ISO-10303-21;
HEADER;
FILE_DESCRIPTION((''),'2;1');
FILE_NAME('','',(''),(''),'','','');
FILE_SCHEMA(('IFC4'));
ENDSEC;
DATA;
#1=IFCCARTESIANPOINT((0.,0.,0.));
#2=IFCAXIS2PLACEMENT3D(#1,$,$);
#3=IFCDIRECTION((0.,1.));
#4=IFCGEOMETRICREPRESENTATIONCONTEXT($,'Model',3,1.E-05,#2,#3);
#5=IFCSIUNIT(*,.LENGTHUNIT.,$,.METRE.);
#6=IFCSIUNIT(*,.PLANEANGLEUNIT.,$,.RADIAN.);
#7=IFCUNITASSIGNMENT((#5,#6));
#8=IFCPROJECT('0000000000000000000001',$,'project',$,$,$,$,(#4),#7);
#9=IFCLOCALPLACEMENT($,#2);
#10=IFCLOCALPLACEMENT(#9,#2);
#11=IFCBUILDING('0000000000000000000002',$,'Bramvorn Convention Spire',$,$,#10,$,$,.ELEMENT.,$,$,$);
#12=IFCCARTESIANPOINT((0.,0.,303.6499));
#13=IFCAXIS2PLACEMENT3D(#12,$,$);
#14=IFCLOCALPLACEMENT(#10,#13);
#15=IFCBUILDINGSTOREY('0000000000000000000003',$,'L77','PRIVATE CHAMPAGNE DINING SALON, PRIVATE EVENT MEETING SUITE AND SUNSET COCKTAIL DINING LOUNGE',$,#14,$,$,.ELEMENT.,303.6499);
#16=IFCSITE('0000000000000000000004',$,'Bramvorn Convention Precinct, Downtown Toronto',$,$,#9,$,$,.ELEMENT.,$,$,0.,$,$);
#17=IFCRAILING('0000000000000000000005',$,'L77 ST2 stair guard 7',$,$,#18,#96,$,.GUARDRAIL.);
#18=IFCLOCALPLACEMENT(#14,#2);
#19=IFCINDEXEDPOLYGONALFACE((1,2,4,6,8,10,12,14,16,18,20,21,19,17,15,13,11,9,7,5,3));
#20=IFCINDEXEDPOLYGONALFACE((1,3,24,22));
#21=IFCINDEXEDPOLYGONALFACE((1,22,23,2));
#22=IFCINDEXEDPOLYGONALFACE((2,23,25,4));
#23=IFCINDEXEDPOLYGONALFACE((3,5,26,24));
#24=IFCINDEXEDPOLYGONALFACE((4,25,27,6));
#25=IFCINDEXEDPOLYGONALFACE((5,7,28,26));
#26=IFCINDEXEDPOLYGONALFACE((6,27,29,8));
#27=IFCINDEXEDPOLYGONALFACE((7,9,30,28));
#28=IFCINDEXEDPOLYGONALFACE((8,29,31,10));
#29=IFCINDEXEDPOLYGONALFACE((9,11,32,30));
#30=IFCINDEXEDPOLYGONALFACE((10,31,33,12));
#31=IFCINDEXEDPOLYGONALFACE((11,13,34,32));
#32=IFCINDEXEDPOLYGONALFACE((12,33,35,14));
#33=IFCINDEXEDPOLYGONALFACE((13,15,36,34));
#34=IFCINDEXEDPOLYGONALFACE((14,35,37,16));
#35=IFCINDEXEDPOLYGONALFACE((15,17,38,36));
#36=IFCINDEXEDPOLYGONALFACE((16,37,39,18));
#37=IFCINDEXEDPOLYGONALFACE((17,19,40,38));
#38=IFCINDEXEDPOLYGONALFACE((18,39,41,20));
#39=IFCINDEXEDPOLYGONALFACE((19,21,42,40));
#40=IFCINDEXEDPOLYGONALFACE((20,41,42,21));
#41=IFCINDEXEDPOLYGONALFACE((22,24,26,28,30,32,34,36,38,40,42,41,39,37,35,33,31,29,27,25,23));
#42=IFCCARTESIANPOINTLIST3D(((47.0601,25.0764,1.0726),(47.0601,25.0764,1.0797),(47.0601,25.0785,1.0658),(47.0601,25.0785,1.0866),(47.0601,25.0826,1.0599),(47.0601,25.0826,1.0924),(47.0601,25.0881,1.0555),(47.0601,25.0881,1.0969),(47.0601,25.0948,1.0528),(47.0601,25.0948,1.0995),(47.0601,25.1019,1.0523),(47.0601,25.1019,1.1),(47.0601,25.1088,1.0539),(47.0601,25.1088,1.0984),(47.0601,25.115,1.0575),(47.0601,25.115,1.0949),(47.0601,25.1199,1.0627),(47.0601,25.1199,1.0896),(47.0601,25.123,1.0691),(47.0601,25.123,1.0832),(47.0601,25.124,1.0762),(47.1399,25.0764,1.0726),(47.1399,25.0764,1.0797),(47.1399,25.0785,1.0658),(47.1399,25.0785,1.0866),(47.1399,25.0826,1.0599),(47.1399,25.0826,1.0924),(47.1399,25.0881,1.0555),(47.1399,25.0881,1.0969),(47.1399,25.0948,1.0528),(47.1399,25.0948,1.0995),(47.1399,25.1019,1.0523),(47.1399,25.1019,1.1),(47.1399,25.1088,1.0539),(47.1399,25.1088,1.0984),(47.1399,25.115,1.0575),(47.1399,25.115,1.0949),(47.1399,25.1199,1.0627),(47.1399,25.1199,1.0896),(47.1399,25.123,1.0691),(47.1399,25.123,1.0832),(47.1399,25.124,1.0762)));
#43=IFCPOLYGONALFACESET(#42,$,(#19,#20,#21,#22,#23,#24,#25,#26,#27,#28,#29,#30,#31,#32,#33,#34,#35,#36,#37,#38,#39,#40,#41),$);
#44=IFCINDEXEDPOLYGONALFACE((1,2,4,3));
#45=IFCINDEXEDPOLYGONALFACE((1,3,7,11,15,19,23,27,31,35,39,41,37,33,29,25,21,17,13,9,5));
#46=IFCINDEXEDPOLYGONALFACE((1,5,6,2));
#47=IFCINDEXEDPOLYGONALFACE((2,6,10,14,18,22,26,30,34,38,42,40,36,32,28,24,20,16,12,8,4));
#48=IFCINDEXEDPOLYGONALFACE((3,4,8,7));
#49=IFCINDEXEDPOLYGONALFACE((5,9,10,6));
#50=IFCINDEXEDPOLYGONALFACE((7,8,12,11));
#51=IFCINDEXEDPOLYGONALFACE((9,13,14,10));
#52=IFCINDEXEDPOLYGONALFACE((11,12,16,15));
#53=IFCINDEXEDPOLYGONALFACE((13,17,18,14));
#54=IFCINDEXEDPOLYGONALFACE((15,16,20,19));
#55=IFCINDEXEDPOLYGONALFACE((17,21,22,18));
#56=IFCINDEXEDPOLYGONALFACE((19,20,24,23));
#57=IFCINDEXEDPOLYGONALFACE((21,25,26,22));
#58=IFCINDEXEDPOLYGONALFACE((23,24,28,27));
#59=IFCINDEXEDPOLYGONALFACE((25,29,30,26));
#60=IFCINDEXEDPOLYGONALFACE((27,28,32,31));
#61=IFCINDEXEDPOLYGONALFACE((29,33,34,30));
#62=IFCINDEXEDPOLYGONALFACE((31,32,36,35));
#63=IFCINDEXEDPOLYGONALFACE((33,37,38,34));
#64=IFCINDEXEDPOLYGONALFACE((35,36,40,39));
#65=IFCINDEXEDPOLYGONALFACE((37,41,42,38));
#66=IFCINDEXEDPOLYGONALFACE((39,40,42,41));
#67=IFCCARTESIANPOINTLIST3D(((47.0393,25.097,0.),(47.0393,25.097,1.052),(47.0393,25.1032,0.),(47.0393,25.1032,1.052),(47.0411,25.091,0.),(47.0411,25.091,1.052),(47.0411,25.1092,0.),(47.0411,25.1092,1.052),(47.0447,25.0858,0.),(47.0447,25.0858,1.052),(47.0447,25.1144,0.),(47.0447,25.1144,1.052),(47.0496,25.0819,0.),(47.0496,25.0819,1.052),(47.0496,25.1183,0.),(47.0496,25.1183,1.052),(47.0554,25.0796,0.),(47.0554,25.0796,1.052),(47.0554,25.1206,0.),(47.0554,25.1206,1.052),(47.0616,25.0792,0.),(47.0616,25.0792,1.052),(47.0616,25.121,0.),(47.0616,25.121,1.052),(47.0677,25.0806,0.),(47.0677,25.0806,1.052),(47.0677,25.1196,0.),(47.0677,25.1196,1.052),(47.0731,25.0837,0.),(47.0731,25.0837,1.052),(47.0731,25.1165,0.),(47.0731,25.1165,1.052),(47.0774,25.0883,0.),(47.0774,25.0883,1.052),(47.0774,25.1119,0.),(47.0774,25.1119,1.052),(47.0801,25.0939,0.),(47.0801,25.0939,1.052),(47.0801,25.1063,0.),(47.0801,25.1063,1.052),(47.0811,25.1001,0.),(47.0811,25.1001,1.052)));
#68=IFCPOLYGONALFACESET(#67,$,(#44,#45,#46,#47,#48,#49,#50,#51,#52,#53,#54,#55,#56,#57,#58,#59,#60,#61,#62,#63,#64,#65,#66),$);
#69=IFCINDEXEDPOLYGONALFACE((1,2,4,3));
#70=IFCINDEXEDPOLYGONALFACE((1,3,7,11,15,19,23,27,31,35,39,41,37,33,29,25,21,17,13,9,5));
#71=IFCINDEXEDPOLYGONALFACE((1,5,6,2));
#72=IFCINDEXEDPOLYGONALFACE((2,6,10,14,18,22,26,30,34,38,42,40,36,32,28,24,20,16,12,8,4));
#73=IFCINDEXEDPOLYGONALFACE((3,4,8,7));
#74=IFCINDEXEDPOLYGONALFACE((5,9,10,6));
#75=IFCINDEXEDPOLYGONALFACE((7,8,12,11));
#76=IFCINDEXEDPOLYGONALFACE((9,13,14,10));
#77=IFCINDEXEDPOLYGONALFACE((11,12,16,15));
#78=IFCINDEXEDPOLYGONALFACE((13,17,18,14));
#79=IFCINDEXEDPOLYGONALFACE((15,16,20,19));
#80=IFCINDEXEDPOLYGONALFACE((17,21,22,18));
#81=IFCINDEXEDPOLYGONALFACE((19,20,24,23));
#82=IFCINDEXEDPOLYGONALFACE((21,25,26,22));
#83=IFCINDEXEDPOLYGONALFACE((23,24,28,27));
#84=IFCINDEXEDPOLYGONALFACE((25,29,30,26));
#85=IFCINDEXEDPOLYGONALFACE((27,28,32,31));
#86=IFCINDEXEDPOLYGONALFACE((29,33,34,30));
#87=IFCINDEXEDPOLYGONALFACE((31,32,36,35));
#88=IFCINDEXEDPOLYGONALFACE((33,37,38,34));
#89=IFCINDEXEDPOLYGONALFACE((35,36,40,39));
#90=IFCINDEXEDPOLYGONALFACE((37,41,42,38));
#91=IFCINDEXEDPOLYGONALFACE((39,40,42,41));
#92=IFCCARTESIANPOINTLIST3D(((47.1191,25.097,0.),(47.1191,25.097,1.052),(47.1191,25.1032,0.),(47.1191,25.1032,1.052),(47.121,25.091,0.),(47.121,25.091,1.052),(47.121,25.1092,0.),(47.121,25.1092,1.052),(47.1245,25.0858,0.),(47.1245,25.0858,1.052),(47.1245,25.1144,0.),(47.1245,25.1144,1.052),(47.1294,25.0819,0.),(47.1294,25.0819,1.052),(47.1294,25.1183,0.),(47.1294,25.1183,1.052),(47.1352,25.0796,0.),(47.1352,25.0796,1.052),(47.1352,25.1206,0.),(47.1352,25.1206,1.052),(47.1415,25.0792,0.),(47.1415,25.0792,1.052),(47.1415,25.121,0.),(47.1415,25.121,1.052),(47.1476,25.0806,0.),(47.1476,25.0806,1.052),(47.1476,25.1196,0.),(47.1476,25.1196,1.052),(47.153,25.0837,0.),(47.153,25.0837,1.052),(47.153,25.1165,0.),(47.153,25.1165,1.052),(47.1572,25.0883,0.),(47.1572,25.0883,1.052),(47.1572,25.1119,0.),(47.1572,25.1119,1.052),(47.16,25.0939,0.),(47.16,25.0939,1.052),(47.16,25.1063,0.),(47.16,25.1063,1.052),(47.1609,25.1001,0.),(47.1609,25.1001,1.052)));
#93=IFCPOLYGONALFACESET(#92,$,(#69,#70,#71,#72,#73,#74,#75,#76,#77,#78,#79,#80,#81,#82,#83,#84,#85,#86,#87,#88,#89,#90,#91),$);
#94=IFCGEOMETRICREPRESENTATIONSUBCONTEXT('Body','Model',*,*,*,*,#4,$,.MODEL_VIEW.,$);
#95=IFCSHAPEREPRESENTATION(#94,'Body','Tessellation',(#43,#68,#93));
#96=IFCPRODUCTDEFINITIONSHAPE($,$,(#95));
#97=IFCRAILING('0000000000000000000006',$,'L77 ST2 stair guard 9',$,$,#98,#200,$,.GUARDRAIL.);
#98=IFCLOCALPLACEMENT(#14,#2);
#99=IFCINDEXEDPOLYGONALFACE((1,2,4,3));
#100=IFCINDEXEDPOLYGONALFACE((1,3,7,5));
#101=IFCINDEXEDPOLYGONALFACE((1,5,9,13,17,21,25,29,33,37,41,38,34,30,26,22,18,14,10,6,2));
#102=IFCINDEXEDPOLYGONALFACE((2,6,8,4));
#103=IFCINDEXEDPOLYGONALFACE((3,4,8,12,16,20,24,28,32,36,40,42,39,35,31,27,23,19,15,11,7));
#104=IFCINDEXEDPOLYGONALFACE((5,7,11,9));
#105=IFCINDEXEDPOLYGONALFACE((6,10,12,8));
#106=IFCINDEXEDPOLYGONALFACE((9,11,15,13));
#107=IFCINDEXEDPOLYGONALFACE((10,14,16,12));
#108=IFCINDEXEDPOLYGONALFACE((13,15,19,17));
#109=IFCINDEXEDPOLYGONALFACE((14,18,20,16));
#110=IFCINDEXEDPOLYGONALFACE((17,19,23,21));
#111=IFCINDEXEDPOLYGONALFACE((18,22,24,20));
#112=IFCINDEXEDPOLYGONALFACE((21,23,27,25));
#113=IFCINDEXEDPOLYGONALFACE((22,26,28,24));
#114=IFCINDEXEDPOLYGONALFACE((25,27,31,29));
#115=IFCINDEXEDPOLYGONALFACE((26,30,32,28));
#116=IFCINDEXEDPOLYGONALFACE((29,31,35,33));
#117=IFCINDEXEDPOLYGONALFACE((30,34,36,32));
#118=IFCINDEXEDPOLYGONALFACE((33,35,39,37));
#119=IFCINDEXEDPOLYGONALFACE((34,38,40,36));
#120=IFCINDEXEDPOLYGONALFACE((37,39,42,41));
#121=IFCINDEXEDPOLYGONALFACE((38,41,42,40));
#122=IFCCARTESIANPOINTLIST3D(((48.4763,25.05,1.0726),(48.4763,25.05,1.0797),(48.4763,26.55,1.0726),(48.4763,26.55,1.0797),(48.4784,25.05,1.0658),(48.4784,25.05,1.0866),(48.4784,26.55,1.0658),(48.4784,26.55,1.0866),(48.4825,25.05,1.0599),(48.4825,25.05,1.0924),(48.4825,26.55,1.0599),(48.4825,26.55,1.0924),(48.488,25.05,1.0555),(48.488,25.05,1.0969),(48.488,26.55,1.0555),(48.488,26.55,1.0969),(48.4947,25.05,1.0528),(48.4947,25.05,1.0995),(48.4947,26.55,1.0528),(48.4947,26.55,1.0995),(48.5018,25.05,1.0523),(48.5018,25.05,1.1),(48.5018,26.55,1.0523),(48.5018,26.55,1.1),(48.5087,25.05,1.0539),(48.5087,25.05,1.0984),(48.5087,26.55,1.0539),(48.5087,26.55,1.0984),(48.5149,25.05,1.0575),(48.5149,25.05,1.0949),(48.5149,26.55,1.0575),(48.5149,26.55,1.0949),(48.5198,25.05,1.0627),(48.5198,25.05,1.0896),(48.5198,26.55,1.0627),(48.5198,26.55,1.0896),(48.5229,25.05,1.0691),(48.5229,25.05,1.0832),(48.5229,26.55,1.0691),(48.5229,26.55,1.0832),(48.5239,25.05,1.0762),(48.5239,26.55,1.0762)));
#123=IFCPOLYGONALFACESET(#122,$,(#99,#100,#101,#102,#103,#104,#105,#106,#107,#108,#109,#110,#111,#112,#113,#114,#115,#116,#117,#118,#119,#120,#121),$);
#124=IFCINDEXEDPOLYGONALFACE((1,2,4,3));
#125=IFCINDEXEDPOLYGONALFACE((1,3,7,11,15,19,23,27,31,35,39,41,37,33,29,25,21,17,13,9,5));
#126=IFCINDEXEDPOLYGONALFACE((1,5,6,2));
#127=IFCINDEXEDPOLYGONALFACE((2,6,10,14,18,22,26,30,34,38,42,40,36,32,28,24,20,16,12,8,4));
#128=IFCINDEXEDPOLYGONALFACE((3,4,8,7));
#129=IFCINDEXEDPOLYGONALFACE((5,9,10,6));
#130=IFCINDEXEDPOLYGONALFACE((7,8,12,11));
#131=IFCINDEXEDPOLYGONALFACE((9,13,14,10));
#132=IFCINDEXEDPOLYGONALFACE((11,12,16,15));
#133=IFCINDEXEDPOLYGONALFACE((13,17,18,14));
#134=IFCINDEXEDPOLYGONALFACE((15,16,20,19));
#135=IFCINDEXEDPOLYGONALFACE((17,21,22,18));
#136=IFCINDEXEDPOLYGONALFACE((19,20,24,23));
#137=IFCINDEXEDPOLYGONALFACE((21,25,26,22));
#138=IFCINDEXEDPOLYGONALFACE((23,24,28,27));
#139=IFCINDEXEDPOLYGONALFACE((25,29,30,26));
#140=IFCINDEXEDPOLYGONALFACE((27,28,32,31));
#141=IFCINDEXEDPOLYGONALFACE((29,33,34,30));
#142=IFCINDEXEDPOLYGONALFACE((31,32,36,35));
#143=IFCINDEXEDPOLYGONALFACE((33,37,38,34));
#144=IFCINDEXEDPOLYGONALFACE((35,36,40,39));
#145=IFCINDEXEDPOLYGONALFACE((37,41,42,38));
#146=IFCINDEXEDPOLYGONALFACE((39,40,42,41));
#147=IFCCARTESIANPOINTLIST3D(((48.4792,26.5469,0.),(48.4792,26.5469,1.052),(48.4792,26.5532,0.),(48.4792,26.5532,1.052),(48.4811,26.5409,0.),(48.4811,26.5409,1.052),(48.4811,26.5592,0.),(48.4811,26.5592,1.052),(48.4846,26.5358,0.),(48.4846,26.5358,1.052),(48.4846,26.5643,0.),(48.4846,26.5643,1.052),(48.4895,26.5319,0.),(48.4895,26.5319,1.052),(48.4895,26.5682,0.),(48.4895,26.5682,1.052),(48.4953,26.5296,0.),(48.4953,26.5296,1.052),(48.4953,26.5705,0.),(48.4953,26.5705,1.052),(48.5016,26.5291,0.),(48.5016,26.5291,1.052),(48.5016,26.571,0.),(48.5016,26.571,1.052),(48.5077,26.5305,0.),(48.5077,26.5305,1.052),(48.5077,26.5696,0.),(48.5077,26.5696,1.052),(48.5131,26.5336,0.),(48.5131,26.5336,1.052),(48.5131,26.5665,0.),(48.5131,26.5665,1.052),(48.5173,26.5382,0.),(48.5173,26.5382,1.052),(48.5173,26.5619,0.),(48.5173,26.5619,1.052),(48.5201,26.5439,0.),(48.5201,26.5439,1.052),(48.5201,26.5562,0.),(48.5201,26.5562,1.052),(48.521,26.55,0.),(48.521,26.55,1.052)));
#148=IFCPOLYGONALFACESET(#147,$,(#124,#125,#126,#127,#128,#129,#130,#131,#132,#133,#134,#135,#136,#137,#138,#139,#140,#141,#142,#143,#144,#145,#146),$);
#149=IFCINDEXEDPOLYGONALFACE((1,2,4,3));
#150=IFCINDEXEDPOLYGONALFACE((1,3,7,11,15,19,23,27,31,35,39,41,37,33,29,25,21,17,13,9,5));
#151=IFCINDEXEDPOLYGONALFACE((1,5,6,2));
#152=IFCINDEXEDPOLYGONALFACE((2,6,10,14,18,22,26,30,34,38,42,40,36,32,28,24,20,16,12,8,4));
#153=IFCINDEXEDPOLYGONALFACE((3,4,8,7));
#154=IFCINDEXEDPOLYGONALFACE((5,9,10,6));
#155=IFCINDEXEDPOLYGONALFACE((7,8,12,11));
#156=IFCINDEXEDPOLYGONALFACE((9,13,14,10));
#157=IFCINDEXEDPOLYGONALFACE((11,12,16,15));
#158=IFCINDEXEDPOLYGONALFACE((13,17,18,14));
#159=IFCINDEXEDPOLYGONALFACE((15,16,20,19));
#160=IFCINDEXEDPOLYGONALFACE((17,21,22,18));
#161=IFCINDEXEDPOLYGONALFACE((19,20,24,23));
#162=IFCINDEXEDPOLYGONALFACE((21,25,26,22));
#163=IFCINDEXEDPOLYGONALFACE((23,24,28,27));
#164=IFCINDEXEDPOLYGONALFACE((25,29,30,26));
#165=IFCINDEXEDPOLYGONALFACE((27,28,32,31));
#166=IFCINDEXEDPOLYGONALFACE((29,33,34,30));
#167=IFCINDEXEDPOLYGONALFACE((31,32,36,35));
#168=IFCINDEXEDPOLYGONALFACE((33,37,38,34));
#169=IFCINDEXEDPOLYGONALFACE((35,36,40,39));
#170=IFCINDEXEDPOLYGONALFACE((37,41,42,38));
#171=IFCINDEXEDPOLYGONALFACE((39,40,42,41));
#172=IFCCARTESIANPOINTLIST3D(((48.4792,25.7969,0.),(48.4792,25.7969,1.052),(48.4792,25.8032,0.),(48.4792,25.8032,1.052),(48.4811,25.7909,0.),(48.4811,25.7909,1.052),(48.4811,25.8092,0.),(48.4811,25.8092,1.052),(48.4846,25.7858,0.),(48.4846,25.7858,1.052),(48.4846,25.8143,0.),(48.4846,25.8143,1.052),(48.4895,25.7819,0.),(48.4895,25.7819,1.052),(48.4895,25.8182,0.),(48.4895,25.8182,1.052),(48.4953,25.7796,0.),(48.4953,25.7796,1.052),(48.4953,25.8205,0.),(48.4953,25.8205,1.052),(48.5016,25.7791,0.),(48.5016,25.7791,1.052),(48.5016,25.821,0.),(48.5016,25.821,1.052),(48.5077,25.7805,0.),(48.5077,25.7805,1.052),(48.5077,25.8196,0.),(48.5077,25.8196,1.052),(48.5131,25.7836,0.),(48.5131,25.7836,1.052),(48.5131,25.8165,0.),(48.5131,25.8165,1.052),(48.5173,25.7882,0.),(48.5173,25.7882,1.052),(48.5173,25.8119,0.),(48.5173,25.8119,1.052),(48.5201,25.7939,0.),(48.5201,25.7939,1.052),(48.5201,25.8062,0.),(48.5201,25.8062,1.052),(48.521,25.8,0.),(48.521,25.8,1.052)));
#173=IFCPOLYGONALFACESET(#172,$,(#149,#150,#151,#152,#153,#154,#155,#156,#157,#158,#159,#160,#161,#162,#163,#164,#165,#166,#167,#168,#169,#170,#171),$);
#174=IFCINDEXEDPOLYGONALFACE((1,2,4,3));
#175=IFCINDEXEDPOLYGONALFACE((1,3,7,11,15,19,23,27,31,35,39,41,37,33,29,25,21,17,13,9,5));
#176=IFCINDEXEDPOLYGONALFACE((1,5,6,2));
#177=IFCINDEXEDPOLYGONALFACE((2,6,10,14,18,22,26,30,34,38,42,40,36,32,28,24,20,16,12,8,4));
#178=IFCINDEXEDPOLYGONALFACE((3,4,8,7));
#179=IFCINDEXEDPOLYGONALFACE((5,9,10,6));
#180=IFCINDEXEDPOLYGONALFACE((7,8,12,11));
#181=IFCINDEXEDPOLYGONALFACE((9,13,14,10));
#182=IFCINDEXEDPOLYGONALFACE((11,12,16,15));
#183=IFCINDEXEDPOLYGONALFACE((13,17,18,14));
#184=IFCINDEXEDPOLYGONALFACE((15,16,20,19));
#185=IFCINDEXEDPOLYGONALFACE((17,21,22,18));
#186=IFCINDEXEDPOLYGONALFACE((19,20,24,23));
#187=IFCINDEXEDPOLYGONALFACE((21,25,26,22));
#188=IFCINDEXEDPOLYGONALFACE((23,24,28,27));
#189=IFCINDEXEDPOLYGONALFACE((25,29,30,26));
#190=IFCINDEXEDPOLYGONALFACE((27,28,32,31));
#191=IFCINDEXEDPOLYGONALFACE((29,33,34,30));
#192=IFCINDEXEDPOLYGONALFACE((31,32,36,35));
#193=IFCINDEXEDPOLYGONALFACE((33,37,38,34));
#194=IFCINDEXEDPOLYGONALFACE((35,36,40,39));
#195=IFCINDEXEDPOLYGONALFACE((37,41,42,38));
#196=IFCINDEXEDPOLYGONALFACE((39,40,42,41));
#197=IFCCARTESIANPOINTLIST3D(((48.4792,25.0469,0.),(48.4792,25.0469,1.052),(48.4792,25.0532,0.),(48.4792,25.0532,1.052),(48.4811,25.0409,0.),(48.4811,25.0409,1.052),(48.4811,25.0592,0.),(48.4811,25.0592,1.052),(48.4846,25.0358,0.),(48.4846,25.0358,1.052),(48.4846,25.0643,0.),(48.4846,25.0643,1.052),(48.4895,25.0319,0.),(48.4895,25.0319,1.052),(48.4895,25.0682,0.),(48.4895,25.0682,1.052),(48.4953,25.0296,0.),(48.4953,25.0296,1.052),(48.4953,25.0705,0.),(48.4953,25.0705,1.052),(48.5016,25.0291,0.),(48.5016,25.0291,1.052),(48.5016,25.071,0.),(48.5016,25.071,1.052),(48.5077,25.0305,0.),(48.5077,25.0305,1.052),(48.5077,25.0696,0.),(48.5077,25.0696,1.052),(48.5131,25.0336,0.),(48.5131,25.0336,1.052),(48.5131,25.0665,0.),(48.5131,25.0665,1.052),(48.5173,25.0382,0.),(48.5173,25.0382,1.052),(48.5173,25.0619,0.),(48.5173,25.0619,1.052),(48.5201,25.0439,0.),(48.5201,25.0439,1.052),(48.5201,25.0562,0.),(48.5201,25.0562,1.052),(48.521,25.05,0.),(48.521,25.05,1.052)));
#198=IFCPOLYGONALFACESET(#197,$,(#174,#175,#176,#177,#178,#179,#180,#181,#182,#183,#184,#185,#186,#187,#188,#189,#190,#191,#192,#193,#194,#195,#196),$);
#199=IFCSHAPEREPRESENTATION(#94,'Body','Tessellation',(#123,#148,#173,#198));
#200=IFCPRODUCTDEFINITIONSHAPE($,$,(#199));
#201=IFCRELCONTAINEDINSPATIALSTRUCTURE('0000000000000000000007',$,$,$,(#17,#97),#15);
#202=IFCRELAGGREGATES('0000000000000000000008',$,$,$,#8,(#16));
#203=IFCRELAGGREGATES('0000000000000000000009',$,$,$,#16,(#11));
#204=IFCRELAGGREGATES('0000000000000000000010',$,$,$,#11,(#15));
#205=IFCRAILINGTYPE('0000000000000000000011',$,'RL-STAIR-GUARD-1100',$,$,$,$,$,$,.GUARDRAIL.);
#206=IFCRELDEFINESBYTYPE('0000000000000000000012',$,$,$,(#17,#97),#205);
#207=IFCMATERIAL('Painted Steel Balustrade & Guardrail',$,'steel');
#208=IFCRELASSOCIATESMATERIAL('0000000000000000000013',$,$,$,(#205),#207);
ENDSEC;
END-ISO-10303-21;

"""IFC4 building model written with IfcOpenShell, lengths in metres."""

from ifc_helpers import new_model, si_unit, direction, frame, origin, origin_2d, place, context, subcontext, project, spatial, circle, extrude, material, type_object, element, save


model = new_model("IFC4")

# Units and contexts
model_context = context("Model", 3, precision=1e-05, world=origin(), true_north=direction((0.0, 1.0)))
body_context = subcontext(model_context, "Body", "Model", "MODEL_VIEW")
ifc_project = project(units=[si_unit("LENGTHUNIT", "METRE"), si_unit("PLANEANGLEUNIT", "RADIAN")], contexts=[model_context])

# Site, building, storey
site_placement = place(None, origin())
site = spatial("IfcSite", under=ifc_project, at=site_placement, Name="Bramvorn Convention Precinct, Downtown Toronto", CompositionType="ELEMENT", RefElevation=0.0)
building_placement = place(site_placement, origin())
building = spatial("IfcBuilding", under=site, at=building_placement, Name="Bramvorn Convention Spire", CompositionType="ELEMENT")
storey_placement = place(building_placement, frame((0.0, 0.0, 303.6499)))
storey = spatial("IfcBuildingStorey", under=building, at=storey_placement, Name="L77", Description="PRIVATE CHAMPAGNE DINING SALON, PRIVATE EVENT MEETING SUITE AND SUNSET COCKTAIL DINING LOUNGE", CompositionType="ELEMENT", Elevation=303.6499)

# Railings
ifc_material_1 = material(Name="Painted Steel Balustrade & Guardrail", Category="steel")
railing_type_1 = type_object("IfcRailingType", Name="RL-STAIR-GUARD-1100", PredefinedType="GUARDRAIL", material=ifc_material_1)
railing_1_placement = place(storey_placement, frame((47.0601, 25.1001, 0.0)))
element("IfcRailing", 1, at=railing_1_placement, inside=storey, type_object=railing_type_1, Name="L77 ST2 stair guard 7", PredefinedType="GUARDRAIL", context=body_context, shape_type="SweptSolid", body=[
    extrude(circle(Radius=0.0239, at=origin_2d()), frame((0.0, 0.0, 1.0762), z_axis=(1.0, 0.0, 0.0), x_axis=(0.0, 1.0, 0.0)), (0.0, 0.0, 1.0), 0.0798),
    extrude(circle(Radius=0.021, at=origin_2d()), origin(), (0.0, 0.0, 1.0), 1.052),
    extrude(circle(Radius=0.021, at=origin_2d()), frame((0.0798, 0.0, 0.0)), (0.0, 0.0, 1.0), 1.052),
])
railing_2_placement = place(storey_placement, frame((48.5, 26.55, 0.0)))
element("IfcRailing", 2, at=railing_2_placement, inside=storey, type_object=railing_type_1, Name="L77 ST2 stair guard 9", PredefinedType="GUARDRAIL", context=body_context, shape_type="SweptSolid", body=[
    extrude(circle(Radius=0.0239, at=origin_2d()), frame((0.0, 0.0, 1.0762), z_axis=(0.0, -1.0, 0.0), x_axis=(1.0, 0.0, 0.0)), (0.0, 0.0, 1.0), 1.5),
    extrude(circle(Radius=0.021, at=origin_2d()), origin(), (0.0, 0.0, 1.0), 1.052),
    extrude(circle(Radius=0.021, at=origin_2d()), frame((0.0, -0.75, 0.0)), (0.0, 0.0, 1.0), 1.052),
    extrude(circle(Radius=0.021, at=origin_2d()), frame((0.0, -1.5, 0.0)), (0.0, 0.0, 1.0), 1.052),
])

save(model, "model.ifc")
